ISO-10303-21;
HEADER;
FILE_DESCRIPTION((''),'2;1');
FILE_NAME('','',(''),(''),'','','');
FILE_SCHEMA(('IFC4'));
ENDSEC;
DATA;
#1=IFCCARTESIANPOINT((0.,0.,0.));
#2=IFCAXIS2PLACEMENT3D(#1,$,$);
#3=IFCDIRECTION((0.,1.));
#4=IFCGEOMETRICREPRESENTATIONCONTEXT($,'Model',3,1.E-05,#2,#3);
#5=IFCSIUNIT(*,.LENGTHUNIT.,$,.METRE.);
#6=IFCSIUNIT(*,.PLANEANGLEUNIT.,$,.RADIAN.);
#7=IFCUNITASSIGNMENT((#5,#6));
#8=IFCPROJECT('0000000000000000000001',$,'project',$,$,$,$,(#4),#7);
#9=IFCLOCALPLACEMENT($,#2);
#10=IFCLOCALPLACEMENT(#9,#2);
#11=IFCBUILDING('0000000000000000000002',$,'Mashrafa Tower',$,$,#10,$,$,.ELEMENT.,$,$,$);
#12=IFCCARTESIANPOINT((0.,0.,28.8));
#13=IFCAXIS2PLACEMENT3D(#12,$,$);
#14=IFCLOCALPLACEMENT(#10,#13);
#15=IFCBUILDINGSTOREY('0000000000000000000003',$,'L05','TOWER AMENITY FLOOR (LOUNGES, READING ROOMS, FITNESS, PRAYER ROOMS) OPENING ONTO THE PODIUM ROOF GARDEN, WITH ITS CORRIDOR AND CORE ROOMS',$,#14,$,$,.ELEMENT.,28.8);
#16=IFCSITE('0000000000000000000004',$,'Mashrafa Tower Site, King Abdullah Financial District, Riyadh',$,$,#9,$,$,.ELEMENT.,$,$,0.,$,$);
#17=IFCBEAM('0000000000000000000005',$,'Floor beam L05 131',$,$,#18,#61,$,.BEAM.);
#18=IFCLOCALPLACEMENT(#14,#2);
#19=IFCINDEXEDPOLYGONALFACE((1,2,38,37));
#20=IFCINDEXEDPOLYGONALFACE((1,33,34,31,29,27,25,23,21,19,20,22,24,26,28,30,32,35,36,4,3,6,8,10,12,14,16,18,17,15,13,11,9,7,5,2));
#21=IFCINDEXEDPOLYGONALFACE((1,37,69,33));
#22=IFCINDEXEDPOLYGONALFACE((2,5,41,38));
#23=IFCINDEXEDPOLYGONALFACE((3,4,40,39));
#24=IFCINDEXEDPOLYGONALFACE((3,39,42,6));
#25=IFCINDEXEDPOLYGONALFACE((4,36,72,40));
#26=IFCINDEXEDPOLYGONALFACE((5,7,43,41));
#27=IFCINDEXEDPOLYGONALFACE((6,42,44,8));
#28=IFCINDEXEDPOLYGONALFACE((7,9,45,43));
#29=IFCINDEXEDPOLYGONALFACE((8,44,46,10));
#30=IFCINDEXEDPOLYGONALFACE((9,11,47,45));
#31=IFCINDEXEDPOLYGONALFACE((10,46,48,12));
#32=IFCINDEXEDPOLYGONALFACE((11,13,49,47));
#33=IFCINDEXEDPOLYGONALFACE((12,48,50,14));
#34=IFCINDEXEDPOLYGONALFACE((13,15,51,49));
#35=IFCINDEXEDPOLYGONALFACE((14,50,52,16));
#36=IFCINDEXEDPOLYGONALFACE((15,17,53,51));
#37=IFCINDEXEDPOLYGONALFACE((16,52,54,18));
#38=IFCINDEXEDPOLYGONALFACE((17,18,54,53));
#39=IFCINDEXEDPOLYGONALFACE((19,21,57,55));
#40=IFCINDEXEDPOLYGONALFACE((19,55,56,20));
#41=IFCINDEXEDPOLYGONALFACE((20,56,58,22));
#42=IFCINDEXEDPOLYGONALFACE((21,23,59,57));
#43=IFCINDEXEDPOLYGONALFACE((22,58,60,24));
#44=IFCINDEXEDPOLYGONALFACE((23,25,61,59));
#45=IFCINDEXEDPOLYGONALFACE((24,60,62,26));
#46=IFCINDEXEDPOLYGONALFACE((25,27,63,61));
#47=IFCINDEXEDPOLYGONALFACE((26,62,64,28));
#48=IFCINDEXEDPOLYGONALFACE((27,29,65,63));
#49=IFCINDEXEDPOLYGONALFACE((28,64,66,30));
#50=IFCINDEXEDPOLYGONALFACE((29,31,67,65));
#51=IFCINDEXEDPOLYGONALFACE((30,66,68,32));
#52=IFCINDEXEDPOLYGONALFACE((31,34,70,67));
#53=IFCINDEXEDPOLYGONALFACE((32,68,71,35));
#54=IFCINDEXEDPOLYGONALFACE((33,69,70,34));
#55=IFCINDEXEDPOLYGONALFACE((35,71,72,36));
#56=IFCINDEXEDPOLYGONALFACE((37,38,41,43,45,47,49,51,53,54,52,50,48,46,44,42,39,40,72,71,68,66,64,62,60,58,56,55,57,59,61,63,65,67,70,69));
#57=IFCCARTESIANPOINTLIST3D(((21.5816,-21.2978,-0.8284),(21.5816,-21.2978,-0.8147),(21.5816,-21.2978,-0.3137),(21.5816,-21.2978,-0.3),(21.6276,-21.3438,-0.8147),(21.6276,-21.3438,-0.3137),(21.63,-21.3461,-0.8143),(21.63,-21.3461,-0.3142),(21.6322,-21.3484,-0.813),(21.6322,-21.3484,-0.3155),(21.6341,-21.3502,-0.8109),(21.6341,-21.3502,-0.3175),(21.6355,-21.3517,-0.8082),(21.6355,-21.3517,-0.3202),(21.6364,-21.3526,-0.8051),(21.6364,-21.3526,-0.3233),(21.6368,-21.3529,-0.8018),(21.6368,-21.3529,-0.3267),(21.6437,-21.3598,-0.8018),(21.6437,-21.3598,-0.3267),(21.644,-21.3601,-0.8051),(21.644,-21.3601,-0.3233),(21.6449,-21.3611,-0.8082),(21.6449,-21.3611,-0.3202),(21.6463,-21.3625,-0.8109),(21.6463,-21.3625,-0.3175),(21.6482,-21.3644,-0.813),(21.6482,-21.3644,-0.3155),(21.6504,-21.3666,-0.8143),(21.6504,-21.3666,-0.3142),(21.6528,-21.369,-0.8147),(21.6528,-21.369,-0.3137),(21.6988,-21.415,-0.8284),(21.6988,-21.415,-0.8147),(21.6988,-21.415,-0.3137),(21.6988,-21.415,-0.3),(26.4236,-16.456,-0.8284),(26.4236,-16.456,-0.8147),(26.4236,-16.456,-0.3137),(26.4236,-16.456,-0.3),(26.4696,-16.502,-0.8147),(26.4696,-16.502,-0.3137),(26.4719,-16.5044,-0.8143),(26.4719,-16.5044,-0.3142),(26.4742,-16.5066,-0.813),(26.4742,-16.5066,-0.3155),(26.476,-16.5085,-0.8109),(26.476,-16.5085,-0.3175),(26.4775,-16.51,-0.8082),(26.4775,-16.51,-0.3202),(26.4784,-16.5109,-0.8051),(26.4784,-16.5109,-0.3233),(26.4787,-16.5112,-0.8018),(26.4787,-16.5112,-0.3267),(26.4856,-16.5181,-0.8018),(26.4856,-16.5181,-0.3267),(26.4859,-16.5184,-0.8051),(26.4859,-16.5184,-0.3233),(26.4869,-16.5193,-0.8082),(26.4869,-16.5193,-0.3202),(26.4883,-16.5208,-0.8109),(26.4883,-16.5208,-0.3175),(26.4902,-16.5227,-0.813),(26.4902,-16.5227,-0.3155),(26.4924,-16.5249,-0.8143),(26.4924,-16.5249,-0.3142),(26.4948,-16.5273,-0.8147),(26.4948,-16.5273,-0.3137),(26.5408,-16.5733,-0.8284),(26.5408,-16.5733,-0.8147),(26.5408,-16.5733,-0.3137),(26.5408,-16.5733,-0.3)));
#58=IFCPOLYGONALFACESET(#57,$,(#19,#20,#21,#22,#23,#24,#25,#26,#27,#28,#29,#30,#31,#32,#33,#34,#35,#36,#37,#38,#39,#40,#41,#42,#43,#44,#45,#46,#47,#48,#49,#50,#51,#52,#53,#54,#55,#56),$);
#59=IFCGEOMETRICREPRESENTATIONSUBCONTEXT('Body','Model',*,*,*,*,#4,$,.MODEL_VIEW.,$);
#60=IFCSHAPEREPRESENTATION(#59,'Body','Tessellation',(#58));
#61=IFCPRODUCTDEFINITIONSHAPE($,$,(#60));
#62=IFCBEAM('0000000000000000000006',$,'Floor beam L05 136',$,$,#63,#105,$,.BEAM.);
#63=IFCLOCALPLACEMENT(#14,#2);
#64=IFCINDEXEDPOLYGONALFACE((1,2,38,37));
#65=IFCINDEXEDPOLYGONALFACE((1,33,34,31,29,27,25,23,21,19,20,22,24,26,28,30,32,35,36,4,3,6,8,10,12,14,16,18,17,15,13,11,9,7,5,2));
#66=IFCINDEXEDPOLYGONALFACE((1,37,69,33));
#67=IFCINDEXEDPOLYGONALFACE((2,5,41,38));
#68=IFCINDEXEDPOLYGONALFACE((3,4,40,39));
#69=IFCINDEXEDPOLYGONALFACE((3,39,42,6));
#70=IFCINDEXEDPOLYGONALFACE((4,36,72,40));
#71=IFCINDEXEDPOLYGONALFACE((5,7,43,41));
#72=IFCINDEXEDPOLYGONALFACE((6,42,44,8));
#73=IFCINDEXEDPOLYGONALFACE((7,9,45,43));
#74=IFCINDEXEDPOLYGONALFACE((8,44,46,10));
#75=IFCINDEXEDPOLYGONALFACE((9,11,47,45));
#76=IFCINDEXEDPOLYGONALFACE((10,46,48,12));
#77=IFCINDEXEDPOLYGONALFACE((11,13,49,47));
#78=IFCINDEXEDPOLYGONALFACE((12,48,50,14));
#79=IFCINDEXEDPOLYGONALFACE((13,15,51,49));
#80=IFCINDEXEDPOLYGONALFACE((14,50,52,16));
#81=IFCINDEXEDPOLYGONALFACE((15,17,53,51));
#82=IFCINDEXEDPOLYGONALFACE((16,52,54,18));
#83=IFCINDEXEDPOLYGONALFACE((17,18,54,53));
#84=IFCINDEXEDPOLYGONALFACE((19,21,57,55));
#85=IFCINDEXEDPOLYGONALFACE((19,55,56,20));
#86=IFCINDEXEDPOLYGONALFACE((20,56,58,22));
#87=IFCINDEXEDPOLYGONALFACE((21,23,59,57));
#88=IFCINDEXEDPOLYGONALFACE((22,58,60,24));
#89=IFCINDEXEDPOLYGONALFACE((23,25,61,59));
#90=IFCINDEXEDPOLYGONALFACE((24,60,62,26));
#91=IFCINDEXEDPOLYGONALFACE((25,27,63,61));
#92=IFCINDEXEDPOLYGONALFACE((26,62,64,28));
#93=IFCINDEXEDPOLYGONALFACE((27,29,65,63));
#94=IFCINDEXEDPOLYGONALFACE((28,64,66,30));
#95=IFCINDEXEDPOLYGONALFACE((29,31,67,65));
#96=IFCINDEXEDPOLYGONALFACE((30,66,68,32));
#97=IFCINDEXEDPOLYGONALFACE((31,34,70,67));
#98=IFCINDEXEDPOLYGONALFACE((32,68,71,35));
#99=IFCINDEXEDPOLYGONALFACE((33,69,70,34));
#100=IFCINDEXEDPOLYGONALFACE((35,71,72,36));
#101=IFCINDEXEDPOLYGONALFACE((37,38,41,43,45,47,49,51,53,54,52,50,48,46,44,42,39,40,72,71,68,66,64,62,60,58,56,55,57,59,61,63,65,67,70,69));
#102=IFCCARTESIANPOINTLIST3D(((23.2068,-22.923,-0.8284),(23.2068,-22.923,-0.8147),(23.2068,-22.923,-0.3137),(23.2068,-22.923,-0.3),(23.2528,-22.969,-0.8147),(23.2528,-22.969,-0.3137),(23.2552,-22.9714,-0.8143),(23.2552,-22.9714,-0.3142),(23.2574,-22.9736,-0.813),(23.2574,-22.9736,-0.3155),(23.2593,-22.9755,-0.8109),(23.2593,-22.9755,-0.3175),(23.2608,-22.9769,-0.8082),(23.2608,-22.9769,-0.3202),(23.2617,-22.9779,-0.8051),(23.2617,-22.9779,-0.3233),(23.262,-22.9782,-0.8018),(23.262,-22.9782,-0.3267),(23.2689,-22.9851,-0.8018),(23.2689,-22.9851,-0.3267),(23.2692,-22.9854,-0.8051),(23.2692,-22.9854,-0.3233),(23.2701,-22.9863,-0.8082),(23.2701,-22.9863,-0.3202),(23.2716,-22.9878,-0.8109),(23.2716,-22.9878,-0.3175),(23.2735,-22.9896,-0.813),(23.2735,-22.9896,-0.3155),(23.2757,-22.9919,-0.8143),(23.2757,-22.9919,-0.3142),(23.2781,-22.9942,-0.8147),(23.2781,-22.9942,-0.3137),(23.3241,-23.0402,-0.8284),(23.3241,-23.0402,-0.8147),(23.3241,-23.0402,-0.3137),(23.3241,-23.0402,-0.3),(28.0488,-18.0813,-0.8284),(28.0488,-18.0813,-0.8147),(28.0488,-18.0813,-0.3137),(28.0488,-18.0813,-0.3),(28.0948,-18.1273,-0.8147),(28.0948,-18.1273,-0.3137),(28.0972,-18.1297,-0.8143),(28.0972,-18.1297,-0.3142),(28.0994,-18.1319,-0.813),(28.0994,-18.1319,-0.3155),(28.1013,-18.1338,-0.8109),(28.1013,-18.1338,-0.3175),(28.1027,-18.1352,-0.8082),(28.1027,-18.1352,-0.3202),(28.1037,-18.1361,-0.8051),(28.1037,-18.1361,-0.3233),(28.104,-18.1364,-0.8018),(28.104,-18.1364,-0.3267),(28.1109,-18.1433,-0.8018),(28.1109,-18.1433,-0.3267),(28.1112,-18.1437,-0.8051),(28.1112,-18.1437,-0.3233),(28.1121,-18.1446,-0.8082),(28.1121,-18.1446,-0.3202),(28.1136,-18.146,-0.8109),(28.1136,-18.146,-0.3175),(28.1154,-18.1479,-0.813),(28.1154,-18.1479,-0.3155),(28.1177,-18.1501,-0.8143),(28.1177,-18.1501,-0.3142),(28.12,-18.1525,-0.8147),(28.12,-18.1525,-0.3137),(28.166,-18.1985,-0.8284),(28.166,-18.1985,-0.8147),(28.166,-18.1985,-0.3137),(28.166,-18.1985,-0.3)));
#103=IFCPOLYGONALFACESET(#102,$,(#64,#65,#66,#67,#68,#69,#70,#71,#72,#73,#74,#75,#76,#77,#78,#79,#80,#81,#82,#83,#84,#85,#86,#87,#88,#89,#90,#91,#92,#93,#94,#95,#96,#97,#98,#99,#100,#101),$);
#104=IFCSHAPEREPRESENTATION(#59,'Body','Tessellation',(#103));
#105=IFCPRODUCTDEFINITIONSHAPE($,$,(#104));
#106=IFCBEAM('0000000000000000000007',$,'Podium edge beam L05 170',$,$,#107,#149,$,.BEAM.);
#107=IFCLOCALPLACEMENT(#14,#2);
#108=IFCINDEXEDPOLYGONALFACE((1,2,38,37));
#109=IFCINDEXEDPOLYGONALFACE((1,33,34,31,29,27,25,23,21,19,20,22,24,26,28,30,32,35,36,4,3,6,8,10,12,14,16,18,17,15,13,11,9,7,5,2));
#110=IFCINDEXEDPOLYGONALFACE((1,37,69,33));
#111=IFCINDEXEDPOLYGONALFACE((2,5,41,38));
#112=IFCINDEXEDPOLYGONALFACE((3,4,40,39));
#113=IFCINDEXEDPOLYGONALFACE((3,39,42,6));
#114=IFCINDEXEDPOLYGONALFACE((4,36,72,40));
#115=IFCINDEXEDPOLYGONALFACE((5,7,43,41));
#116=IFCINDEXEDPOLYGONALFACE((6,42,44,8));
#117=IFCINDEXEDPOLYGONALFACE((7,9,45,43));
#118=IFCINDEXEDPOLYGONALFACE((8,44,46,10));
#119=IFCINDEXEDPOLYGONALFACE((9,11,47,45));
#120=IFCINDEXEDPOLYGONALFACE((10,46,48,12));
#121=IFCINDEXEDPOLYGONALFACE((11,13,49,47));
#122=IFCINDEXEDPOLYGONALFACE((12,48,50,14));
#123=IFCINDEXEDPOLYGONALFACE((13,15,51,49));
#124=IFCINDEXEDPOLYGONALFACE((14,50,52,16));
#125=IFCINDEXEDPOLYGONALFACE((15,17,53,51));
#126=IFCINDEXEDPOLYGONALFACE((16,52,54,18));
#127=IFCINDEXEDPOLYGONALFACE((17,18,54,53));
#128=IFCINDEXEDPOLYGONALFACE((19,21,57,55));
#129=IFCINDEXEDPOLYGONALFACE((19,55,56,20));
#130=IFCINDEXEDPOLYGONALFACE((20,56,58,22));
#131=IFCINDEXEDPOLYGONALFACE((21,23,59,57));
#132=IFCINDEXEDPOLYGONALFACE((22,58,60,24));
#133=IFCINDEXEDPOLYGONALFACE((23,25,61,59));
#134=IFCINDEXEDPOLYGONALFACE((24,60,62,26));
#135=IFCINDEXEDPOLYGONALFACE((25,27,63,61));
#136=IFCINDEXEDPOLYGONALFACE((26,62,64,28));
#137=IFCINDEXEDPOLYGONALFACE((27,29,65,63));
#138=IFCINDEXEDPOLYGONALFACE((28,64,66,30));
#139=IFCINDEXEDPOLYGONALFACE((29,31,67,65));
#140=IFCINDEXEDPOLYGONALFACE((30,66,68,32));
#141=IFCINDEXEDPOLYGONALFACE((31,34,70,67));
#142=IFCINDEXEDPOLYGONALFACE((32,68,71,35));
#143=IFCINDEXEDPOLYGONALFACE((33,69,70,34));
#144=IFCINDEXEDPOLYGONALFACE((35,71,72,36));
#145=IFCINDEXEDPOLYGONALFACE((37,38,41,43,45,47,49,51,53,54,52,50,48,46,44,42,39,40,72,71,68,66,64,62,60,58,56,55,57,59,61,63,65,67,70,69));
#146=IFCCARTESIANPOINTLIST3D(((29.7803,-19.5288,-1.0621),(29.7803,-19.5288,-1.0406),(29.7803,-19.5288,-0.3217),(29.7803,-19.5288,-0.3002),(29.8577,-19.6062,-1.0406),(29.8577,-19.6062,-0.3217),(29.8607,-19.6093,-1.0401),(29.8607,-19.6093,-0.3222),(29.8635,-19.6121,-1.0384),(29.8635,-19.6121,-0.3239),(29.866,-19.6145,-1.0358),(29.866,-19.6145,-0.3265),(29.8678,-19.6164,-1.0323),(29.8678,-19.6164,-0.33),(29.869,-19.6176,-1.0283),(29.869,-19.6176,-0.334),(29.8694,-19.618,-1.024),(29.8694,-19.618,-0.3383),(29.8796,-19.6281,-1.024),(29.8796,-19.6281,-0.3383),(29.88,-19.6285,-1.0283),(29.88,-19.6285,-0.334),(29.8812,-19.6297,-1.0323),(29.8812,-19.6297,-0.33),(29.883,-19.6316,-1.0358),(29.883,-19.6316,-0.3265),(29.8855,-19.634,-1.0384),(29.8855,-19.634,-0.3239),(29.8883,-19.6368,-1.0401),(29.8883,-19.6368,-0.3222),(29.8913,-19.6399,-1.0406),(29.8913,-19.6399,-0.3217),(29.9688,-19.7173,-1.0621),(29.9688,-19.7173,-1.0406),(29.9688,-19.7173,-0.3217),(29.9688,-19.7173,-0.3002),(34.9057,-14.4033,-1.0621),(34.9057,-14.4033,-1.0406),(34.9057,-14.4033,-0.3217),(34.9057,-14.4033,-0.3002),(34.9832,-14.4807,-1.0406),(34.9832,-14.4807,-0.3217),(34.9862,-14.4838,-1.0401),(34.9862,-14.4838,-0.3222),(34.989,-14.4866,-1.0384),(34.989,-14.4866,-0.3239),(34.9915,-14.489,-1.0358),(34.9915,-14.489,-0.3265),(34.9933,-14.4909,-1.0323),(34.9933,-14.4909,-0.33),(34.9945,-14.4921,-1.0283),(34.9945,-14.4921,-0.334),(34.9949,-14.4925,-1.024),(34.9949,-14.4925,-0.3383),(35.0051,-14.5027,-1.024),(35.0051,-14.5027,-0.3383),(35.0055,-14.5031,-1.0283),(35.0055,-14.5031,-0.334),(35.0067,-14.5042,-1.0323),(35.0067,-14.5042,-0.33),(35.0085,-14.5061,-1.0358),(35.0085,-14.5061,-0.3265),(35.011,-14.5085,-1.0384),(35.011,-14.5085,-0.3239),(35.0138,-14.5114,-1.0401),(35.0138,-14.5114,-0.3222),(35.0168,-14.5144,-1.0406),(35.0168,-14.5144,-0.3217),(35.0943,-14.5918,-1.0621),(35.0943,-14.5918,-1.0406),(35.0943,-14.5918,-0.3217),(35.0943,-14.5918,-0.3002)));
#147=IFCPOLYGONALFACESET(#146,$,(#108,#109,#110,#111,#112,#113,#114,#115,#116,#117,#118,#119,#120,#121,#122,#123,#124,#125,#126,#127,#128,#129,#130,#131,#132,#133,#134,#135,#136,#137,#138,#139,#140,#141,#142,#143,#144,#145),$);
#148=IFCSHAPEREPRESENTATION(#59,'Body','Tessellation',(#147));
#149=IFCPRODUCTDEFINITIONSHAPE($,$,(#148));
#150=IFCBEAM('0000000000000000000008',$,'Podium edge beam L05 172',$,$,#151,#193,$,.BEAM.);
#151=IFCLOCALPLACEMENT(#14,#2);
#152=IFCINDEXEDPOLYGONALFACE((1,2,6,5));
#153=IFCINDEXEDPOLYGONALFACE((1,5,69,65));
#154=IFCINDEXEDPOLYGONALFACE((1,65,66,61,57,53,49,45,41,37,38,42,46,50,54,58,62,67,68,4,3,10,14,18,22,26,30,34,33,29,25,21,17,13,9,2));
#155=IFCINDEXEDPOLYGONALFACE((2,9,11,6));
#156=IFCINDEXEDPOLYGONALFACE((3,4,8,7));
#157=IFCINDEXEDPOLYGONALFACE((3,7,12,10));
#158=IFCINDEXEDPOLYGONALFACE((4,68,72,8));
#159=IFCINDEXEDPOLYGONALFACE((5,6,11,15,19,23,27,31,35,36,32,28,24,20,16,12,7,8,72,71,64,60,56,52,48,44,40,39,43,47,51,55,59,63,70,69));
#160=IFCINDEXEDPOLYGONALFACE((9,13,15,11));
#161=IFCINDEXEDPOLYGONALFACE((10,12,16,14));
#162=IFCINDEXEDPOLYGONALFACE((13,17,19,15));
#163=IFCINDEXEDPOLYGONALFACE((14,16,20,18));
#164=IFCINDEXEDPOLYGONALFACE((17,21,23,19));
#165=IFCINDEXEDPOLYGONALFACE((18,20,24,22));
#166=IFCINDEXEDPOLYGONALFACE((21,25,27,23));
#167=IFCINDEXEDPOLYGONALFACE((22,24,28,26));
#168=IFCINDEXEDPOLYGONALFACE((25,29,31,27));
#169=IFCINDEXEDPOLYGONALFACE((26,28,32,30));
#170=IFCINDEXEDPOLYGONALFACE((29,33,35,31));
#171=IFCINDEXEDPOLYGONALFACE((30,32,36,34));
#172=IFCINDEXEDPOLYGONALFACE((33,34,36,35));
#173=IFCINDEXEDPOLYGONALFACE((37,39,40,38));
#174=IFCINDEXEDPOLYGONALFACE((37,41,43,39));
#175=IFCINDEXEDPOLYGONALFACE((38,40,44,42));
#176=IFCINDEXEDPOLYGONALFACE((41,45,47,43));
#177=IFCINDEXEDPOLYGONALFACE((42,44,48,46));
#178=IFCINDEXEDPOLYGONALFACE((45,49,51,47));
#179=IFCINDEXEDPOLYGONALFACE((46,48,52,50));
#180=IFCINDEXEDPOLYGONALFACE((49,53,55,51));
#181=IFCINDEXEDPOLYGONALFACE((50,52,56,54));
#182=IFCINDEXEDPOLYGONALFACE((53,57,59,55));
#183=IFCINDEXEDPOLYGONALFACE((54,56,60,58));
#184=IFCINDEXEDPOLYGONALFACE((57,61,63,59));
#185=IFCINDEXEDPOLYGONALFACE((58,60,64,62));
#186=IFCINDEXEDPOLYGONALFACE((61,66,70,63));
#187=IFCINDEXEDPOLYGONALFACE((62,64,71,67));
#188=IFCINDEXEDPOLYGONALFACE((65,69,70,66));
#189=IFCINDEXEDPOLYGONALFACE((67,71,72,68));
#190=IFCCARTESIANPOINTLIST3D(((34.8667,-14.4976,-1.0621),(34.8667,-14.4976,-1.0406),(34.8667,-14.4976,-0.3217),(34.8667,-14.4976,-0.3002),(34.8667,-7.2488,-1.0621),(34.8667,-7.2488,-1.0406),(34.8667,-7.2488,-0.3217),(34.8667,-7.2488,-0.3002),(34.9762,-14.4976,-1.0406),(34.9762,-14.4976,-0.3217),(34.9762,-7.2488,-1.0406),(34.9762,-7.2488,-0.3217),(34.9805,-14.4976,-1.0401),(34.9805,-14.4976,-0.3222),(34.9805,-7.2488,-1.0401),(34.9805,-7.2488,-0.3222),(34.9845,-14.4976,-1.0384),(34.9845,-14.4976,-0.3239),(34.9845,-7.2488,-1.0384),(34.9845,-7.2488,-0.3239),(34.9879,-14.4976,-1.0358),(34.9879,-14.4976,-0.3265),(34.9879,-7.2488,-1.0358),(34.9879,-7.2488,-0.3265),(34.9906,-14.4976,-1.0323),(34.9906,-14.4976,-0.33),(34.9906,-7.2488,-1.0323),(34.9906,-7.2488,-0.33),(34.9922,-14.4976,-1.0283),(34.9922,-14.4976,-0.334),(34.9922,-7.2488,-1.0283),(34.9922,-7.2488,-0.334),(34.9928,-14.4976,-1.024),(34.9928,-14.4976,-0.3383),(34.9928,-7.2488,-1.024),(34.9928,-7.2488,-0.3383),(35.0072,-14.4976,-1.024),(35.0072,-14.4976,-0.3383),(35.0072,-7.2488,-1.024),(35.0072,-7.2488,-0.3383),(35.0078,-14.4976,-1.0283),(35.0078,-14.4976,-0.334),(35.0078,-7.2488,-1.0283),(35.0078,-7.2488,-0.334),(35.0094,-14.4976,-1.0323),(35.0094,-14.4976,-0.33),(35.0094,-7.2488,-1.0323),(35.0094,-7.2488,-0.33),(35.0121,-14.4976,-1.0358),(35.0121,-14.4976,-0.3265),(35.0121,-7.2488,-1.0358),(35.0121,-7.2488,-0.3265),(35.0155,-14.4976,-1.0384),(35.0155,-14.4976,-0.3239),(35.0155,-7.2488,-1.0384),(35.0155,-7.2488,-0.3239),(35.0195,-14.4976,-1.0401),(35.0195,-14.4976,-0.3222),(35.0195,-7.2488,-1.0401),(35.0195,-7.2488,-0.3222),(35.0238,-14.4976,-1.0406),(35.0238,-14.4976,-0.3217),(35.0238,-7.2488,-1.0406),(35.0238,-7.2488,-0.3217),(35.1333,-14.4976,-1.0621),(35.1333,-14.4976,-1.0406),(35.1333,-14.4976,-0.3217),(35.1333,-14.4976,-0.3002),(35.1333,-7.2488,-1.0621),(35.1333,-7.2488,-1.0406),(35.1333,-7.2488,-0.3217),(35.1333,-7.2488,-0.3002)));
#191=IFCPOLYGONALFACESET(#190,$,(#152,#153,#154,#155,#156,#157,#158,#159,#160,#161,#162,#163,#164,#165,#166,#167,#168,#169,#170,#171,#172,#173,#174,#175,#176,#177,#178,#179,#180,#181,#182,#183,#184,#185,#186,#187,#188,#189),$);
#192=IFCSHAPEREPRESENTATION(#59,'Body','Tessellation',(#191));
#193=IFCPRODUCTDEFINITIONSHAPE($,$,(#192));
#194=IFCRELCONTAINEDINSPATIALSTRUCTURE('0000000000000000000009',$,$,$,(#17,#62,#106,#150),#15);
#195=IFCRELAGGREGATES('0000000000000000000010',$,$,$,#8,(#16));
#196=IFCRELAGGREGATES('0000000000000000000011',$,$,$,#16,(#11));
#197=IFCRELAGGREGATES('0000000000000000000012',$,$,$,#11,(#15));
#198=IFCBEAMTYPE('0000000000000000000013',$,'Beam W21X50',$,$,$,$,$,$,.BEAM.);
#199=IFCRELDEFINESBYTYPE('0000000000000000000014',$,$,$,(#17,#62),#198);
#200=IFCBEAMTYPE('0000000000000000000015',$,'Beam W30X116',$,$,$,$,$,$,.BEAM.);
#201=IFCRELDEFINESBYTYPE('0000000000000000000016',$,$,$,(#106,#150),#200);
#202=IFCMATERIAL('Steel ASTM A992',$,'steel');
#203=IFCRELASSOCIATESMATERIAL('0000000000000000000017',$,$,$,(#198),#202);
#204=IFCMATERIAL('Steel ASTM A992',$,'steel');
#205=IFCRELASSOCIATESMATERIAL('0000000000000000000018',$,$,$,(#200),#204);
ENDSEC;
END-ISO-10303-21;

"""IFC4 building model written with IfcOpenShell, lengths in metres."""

from ifc_helpers import new_model, si_unit, direction, frame, origin, origin_2d, place, context, subcontext, project, spatial, i_section, extrude, material, material_profile, profile_set, type_object, element, save


model = new_model("IFC4")

# Units and contexts
model_context = context("Model", 3, precision=1e-05, world=origin(), true_north=direction((0.0, 1.0)))
body_context = subcontext(model_context, "Body", "Model", "MODEL_VIEW")
ifc_project = project(units=[si_unit("LENGTHUNIT", "METRE"), si_unit("PLANEANGLEUNIT", "RADIAN")], contexts=[model_context])

# Site, building, storey
site_placement = place(None, origin())
site = spatial("IfcSite", under=ifc_project, at=site_placement, Name="Mashrafa Tower Site, King Abdullah Financial District, Riyadh", CompositionType="ELEMENT", RefElevation=0.0)
building_placement = place(site_placement, origin())
building = spatial("IfcBuilding", under=site, at=building_placement, Name="Mashrafa Tower", CompositionType="ELEMENT")
storey_placement = place(building_placement, frame((0.0, 0.0, 28.8)))
storey = spatial("IfcBuildingStorey", under=building, at=storey_placement, Name="L05", Description="TOWER AMENITY FLOOR (LOUNGES, READING ROOMS, FITNESS, PRAYER ROOMS) OPENING ONTO THE PODIUM ROOF GARDEN, WITH ITS CORRIDOR AND CORE ROOMS", CompositionType="ELEMENT", Elevation=28.8)

# Beams
ifc_material_1 = material(Name="Steel ASTM A992", Category="steel")
ifc_material_profile_1 = material_profile(ifc_material_1, i_section(OverallWidth=0.1658, OverallDepth=0.5283, WebThickness=0.0098, FlangeThickness=0.0137, FilletRadius=0.0129, at=origin_2d()), Name="W21X50")
ifc_profile_set_1 = profile_set([ifc_material_profile_1], Name="Steel ASTM A992")
beam_type_1 = type_object("IfcBeamType", Name="Beam W21X50", PredefinedType="BEAM", material=ifc_profile_set_1)
for number, where, z_axis, x_axis, name in (
    (1, (26.4822, -16.5146, -0.5642), (-0.707125, -0.707089, 0.0), (0.707089, -0.707125, 0.0), "Floor beam L05 131"),
    (2, (28.1074, -18.1399, -0.5642), (-0.707125, -0.707089, 0.0), (0.707089, -0.707125, 0.0), "Floor beam L05 136"),
):
    element("IfcBeam", number, at=place(storey_placement, frame(where, z_axis=z_axis, x_axis=x_axis)), inside=storey, type_object=beam_type_1, Name=name, PredefinedType="BEAM", context=body_context, shape_type="SweptSolid", body=[
        extrude(i_section(OverallWidth=0.1658, OverallDepth=0.5283, WebThickness=0.0098, FlangeThickness=0.0137, FilletRadius=0.0129, at=origin_2d()), origin(), (0.0, 0.0, 1.0), 6.8474),
    ])
ifc_material_2 = material(Name="Steel ASTM A992", Category="steel")
ifc_material_profile_2 = material_profile(ifc_material_2, i_section(OverallWidth=0.2666, OverallDepth=0.762, WebThickness=0.0144, FlangeThickness=0.0215, FilletRadius=0.0166, at=origin_2d()), Name="W30X116")
ifc_profile_set_2 = profile_set([ifc_material_profile_2], Name="Steel ASTM A992")
beam_type_2 = type_object("IfcBeamType", Name="Beam W30X116", PredefinedType="BEAM", material=ifc_profile_set_2)
beam_1_placement = place(storey_placement, frame((29.8745, -19.623, -0.6812), z_axis=(0.707107, 0.707107, 0.0), x_axis=(-0.707107, 0.707107, 0.0)))
element("IfcBeam", 3, at=beam_1_placement, inside=storey, type_object=beam_type_2, Name="Podium edge beam L05 170", PredefinedType="BEAM", context=body_context, shape_type="SweptSolid", body=[
    extrude(i_section(OverallWidth=0.2666, OverallDepth=0.762, WebThickness=0.0144, FlangeThickness=0.0215, FilletRadius=0.0166, at=origin_2d()), origin(), (0.0, 0.0, 1.0), 7.2485),
])
beam_2_placement = place(storey_placement, frame((35.0, -14.4976, -0.6812), z_axis=(0.0, 1.0, 0.0), x_axis=(-1.0, 0.0, 0.0)))
element("IfcBeam", 4, at=beam_2_placement, inside=storey, type_object=beam_type_2, Name="Podium edge beam L05 172", PredefinedType="BEAM", context=body_context, shape_type="SweptSolid", body=[
    extrude(i_section(OverallWidth=0.2666, OverallDepth=0.762, WebThickness=0.0144, FlangeThickness=0.0215, FilletRadius=0.0166, at=origin_2d()), origin(), (0.0, 0.0, 1.0), 7.2488),
])

save(model, "model.ifc")
